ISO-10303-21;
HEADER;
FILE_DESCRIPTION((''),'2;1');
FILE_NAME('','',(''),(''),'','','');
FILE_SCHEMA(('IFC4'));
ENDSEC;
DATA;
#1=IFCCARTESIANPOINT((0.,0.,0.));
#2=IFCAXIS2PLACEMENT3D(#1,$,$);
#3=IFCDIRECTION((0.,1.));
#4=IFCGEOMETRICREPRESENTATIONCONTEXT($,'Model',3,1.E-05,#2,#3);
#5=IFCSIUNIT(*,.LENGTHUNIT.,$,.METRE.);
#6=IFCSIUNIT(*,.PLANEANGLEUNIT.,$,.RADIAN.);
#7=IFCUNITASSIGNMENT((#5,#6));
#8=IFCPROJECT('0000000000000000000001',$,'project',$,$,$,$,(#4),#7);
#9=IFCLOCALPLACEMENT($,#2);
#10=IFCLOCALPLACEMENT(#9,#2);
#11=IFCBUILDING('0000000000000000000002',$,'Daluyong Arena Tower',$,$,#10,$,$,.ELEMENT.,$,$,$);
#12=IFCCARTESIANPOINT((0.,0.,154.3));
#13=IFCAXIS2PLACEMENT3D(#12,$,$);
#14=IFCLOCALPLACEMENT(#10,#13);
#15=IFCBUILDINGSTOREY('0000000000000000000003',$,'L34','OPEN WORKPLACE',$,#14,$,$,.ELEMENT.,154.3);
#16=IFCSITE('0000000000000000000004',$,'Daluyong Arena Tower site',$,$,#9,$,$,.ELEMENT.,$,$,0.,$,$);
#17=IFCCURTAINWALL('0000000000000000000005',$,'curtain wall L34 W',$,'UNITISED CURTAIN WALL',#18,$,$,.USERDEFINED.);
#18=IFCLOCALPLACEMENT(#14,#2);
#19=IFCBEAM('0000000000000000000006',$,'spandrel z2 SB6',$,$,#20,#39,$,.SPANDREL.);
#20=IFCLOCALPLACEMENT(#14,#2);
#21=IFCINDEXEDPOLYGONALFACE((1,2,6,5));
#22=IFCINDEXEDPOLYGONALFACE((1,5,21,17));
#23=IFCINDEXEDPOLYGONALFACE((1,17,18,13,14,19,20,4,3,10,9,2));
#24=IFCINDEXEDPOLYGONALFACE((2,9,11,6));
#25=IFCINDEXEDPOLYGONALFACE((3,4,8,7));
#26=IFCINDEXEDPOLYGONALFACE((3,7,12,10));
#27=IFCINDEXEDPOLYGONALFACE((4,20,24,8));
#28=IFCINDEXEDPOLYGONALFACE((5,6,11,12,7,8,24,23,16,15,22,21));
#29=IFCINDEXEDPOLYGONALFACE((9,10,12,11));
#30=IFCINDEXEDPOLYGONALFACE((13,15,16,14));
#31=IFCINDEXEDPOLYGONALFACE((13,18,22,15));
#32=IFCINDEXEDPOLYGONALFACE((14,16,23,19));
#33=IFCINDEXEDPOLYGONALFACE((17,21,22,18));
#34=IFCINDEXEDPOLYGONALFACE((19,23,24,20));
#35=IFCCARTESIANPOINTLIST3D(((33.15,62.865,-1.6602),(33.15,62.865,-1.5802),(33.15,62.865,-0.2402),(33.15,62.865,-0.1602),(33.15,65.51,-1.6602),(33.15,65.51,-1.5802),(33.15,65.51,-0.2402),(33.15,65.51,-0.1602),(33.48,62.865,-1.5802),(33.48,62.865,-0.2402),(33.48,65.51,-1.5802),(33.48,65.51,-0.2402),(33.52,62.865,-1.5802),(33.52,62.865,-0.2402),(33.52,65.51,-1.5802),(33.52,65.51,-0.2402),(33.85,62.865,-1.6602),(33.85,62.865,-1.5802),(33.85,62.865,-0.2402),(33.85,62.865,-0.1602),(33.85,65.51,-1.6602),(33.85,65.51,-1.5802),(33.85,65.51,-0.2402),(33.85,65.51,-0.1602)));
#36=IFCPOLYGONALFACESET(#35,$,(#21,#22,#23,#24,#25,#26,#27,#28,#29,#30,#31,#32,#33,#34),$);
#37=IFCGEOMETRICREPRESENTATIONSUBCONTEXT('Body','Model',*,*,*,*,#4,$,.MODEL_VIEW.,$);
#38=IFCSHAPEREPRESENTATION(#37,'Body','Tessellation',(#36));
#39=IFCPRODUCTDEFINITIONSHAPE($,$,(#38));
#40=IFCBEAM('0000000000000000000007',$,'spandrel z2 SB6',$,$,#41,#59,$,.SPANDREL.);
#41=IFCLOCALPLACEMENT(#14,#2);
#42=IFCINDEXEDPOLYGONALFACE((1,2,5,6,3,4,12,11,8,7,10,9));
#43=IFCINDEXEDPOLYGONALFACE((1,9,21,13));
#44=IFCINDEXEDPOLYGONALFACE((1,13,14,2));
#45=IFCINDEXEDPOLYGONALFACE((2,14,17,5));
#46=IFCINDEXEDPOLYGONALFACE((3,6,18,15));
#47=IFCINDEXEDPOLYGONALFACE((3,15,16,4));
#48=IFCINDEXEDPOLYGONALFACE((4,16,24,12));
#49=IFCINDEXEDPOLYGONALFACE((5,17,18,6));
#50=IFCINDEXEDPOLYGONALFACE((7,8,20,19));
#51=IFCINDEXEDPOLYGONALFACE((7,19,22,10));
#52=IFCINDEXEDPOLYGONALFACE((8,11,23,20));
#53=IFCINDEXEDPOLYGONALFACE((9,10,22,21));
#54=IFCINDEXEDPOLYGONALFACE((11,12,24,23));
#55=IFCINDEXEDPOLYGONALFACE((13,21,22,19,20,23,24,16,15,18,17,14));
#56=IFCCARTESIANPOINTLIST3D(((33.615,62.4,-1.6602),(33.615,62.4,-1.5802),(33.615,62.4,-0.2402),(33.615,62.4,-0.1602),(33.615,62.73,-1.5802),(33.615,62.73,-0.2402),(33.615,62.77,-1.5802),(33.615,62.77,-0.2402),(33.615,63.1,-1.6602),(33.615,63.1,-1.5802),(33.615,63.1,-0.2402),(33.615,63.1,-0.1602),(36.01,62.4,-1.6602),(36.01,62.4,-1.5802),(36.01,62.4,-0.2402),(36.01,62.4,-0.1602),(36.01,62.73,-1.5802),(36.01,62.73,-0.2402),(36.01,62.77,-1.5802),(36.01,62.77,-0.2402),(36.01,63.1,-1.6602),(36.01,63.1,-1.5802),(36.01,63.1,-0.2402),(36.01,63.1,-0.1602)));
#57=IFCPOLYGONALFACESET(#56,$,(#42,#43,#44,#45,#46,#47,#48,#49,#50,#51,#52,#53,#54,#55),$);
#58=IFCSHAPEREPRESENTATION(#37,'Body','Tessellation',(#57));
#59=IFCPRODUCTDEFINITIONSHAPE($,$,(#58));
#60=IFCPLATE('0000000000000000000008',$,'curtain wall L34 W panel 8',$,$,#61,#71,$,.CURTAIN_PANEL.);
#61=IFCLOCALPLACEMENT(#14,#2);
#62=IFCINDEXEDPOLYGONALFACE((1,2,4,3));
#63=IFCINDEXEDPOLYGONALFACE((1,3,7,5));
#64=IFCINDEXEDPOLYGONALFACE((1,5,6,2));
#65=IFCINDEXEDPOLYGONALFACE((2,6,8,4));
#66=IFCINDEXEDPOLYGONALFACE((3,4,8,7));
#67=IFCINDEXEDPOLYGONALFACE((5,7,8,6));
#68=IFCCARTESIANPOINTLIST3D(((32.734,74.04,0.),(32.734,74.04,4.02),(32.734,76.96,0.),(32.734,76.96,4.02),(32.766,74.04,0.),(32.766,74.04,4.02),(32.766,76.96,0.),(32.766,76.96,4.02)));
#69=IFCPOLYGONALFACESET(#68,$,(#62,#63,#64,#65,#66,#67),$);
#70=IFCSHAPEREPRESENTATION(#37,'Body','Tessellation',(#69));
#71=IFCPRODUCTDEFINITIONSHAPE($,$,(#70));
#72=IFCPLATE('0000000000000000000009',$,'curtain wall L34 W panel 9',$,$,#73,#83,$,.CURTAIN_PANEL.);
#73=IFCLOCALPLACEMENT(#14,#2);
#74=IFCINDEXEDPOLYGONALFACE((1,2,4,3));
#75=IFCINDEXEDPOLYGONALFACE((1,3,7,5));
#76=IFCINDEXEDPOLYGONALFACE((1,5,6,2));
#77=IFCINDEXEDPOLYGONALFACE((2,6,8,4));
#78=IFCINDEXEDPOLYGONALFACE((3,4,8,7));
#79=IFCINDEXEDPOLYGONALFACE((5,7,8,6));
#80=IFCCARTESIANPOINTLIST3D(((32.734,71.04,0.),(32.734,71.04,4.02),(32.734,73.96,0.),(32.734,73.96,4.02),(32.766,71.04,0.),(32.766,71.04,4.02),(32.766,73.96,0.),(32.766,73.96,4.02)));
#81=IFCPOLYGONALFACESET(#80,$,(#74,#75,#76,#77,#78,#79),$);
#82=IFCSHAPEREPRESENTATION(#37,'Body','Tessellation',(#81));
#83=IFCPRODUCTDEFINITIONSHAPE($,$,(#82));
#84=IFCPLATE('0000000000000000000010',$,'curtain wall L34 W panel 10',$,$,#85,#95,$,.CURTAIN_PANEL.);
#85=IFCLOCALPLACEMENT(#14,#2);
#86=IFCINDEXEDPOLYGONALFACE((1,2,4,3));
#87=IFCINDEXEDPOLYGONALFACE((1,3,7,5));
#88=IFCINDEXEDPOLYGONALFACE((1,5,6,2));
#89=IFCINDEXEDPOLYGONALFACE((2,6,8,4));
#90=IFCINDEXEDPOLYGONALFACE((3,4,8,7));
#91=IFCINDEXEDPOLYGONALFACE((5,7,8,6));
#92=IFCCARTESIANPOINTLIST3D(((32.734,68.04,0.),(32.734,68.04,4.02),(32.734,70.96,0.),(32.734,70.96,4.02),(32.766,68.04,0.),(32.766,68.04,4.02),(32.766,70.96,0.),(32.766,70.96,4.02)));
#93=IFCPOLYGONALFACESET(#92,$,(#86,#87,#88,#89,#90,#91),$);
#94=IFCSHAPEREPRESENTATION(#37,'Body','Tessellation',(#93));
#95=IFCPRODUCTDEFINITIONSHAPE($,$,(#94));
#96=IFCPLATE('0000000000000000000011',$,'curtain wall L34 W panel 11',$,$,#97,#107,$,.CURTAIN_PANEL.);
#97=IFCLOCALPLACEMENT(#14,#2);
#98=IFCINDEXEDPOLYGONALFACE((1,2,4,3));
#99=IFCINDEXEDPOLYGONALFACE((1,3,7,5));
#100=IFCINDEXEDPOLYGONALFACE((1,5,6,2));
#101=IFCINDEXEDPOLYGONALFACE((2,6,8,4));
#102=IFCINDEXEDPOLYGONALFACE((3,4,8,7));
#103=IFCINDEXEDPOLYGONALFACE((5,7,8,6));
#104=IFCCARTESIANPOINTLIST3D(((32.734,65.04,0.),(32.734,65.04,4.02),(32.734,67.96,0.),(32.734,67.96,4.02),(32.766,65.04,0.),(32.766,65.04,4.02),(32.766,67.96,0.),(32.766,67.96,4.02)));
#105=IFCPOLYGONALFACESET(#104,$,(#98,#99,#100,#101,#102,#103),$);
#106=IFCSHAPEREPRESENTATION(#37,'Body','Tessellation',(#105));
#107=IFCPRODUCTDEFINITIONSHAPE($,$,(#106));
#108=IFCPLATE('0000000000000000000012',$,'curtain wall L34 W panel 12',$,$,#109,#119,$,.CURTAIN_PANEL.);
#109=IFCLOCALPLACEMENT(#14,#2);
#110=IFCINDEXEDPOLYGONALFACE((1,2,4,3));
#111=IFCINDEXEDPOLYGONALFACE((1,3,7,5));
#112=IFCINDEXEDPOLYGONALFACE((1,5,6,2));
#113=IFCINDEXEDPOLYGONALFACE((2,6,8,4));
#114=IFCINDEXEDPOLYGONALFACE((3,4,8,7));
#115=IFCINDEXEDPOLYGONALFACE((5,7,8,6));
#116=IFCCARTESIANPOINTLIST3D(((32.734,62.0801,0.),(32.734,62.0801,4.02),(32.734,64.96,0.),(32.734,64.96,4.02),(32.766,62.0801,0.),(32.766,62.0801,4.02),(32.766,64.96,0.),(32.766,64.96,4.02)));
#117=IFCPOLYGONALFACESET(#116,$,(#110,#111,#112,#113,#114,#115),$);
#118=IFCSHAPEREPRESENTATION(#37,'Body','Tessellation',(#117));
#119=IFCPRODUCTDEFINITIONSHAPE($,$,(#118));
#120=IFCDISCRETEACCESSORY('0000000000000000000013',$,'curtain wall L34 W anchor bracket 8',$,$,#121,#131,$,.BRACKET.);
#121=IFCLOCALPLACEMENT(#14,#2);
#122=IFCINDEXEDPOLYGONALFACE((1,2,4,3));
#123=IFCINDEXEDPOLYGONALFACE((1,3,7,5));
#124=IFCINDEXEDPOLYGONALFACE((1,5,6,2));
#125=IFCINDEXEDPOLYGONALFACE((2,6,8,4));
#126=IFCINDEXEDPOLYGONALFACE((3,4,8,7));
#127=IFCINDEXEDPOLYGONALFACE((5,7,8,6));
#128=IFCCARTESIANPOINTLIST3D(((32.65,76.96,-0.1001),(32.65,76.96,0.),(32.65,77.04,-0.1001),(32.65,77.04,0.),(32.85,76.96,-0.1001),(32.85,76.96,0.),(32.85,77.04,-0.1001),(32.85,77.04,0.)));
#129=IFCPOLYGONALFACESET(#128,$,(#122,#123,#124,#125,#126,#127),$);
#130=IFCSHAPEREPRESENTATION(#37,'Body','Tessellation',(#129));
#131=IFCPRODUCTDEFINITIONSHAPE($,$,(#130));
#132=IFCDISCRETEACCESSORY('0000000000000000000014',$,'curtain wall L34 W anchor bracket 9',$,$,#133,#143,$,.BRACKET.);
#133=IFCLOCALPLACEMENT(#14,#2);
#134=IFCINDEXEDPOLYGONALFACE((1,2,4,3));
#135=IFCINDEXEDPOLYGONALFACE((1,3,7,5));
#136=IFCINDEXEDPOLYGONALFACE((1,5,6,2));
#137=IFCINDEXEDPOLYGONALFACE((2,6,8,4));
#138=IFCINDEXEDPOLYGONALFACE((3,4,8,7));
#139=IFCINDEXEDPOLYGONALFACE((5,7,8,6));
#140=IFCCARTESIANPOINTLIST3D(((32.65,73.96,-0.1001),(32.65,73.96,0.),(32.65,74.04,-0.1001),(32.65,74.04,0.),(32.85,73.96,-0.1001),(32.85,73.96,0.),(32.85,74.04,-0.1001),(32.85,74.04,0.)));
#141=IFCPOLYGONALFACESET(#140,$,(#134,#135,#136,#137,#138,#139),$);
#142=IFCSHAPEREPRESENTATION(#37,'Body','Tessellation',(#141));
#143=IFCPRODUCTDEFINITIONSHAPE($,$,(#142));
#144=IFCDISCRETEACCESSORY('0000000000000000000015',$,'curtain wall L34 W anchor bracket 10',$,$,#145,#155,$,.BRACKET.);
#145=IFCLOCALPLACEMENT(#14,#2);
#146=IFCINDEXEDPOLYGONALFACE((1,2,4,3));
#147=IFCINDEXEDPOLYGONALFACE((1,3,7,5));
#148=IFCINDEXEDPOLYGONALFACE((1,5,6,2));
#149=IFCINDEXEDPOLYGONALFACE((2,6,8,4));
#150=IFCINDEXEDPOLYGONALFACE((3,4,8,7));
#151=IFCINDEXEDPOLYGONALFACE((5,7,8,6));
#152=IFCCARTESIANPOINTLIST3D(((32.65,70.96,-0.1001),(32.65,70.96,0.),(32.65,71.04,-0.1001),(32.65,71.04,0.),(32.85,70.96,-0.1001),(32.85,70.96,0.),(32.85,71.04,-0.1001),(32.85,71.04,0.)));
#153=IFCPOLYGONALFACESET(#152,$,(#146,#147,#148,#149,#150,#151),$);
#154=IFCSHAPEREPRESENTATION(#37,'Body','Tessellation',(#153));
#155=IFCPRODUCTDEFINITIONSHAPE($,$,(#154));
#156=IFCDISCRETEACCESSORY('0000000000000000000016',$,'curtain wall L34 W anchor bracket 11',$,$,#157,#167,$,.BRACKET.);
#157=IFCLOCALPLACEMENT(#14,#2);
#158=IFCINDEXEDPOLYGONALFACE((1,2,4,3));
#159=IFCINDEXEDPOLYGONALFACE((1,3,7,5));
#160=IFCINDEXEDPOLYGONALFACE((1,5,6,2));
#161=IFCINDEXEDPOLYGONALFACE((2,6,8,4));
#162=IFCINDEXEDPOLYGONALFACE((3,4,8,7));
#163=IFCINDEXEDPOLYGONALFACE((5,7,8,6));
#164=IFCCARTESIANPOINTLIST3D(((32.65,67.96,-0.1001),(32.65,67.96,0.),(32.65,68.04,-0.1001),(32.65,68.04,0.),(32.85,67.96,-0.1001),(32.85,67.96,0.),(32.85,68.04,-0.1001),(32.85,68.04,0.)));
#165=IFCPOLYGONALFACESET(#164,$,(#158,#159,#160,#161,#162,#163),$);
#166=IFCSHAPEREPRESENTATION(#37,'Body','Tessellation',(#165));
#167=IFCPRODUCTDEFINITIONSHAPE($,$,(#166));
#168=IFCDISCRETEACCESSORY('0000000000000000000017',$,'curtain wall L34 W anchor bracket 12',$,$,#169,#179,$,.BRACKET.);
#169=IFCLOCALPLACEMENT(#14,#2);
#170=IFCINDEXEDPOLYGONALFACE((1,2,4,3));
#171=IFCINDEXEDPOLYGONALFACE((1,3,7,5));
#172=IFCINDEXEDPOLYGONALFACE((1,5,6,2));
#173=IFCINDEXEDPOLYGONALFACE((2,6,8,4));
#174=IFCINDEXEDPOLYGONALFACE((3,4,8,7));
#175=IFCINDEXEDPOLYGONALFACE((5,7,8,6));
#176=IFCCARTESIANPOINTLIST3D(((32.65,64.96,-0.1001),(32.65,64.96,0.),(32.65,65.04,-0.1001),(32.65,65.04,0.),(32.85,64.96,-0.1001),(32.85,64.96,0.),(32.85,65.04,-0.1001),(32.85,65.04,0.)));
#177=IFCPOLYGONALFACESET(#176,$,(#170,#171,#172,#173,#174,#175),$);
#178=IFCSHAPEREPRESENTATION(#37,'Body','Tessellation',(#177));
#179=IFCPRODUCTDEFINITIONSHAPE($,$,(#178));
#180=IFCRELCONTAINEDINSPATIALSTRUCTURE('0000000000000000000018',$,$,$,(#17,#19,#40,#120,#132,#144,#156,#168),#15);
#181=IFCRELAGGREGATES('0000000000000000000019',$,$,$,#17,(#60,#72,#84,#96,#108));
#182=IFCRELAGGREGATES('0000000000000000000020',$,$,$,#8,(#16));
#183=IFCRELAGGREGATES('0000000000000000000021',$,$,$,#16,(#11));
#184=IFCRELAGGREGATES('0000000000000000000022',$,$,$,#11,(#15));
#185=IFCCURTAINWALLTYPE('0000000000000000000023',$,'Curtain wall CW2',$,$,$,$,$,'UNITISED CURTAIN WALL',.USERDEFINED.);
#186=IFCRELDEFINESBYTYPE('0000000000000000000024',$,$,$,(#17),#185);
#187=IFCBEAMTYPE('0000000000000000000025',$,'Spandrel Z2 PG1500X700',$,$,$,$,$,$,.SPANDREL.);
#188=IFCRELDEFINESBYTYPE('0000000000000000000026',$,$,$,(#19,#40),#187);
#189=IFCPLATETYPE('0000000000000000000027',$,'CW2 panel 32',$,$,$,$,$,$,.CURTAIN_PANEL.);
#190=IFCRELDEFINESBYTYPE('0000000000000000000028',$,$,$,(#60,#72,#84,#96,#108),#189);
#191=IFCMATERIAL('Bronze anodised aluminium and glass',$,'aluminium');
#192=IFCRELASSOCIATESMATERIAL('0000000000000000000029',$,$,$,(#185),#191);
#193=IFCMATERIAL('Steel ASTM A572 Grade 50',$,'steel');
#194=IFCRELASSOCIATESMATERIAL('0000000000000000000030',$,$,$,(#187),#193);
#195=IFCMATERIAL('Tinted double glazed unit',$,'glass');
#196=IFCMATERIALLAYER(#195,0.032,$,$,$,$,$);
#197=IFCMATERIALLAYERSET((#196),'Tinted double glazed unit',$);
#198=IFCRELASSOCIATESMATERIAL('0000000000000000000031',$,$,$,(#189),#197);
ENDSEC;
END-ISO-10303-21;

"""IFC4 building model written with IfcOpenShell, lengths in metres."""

from ifc_helpers import new_model, si_unit, direction, frame, origin, origin_2d, place, context, subcontext, project, spatial, rectangle, i_section, extrude, material, layer, layer_set, material_profile, profile_set, type_object, element, aggregate, save


model = new_model("IFC4")

# Units and contexts
model_context = context("Model", 3, precision=1e-05, world=origin(), true_north=direction((0.0, 1.0)))
body_context = subcontext(model_context, "Body", "Model", "MODEL_VIEW")
ifc_project = project(units=[si_unit("LENGTHUNIT", "METRE"), si_unit("PLANEANGLEUNIT", "RADIAN")], contexts=[model_context])

# Site, building, storey
site_placement = place(None, origin())
site = spatial("IfcSite", under=ifc_project, at=site_placement, Name="Daluyong Arena Tower site", CompositionType="ELEMENT", RefElevation=0.0)
building_placement = place(site_placement, origin())
building = spatial("IfcBuilding", under=site, at=building_placement, Name="Daluyong Arena Tower", CompositionType="ELEMENT")
storey_placement = place(building_placement, frame((0.0, 0.0, 154.3)))
storey = spatial("IfcBuildingStorey", under=building, at=storey_placement, Name="L34", Description="OPEN WORKPLACE", CompositionType="ELEMENT", Elevation=154.3)

# Curtain wall
ifc_material_1 = material(Name="Bronze anodised aluminium and glass", Category="aluminium")
curtain_wall_type_1 = type_object("IfcCurtainWallType", Name="Curtain wall CW2", ElementType="UNITISED CURTAIN WALL", PredefinedType="USERDEFINED", material=ifc_material_1)
curtain_wall_1_placement = place(storey_placement, origin())
curtain_wall_1 = element("IfcCurtainWall", 1, at=curtain_wall_1_placement, inside=storey, type_object=curtain_wall_type_1, Name="curtain wall L34 W", ObjectType="UNITISED CURTAIN WALL", PredefinedType="USERDEFINED")

# Beams
ifc_material_2 = material(Name="Steel ASTM A572 Grade 50", Category="steel")
ifc_material_profile_1 = material_profile(ifc_material_2, i_section(OverallWidth=0.7, OverallDepth=1.5, WebThickness=0.04, FlangeThickness=0.08, at=origin_2d()))
ifc_profile_set_1 = profile_set([ifc_material_profile_1], Name="Steel ASTM A572 Grade 50")
beam_type_1 = type_object("IfcBeamType", Name="Spandrel Z2 PG1500X700", PredefinedType="SPANDREL", material=ifc_profile_set_1)
for number, where, z_axis, x_axis, name in (
    (2, (33.5, 65.51, -0.9102), (0.0, -1.0, 0.0), (1.0, 0.0, 0.0), "spandrel z2 SB6"),
):
    element("IfcBeam", number, at=place(storey_placement, frame(where, z_axis=z_axis, x_axis=x_axis)), inside=storey, type_object=beam_type_1, Name=name, PredefinedType="SPANDREL", context=body_context, shape_type="SweptSolid", body=[
        extrude(i_section(OverallWidth=0.7, OverallDepth=1.5, WebThickness=0.04, FlangeThickness=0.08, at=origin_2d()), origin(), (0.0, 0.0, 1.0), 2.645),
    ])
beam_1_placement = place(storey_placement, frame((33.615, 62.75, -0.9102), z_axis=(1.0, 0.0, 0.0), x_axis=(0.0, 1.0, 0.0)))
element("IfcBeam", 3, at=beam_1_placement, inside=storey, type_object=beam_type_1, Name="spandrel z2 SB6", PredefinedType="SPANDREL", context=body_context, shape_type="SweptSolid", body=[
    extrude(i_section(OverallWidth=0.7, OverallDepth=1.5, WebThickness=0.04, FlangeThickness=0.08, at=origin_2d()), origin(), (0.0, 0.0, 1.0), 2.395),
])

# Plates
ifc_material_3 = material(Name="Tinted double glazed unit", Category="glass")
ifc_layer = layer(ifc_material_3, 0.032)
ifc_layer_set = layer_set([ifc_layer], Name="Tinted double glazed unit")
plate_type = type_object("IfcPlateType", Name="CW2 panel 32", PredefinedType="CURTAIN_PANEL", material=ifc_layer_set)
plate_1_placement = place(storey_placement, frame((32.75, 75.5, 0.0), z_axis=(0.0, 0.0, 1.0), x_axis=(0.0, -1.0, 0.0)))
plate_1 = element("IfcPlate", 4, at=plate_1_placement, type_object=plate_type, Name="curtain wall L34 W panel 8", PredefinedType="CURTAIN_PANEL", context=body_context, shape_type="SweptSolid", body=[
    extrude(rectangle(XDim=2.9199, YDim=0.032, at=origin_2d()), origin(), (0.0, 0.0, 1.0), 4.02),
])
plate_2_placement = place(storey_placement, frame((32.75, 72.5, 0.0), z_axis=(0.0, 0.0, 1.0), x_axis=(0.0, -1.0, 0.0)))
plate_2 = element("IfcPlate", 5, at=plate_2_placement, type_object=plate_type, Name="curtain wall L34 W panel 9", PredefinedType="CURTAIN_PANEL", context=body_context, shape_type="SweptSolid", body=[
    extrude(rectangle(XDim=2.9199, YDim=0.032, at=origin_2d()), origin(), (0.0, 0.0, 1.0), 4.02),
])
plate_3_placement = place(storey_placement, frame((32.75, 69.5, 0.0), z_axis=(0.0, 0.0, 1.0), x_axis=(0.0, -1.0, 0.0)))
plate_3 = element("IfcPlate", 6, at=plate_3_placement, type_object=plate_type, Name="curtain wall L34 W panel 10", PredefinedType="CURTAIN_PANEL", context=body_context, shape_type="SweptSolid", body=[
    extrude(rectangle(XDim=2.9199, YDim=0.032, at=origin_2d()), origin(), (0.0, 0.0, 1.0), 4.02),
])
plate_4_placement = place(storey_placement, frame((32.75, 66.5, 0.0), z_axis=(0.0, 0.0, 1.0), x_axis=(0.0, -1.0, 0.0)))
plate_4 = element("IfcPlate", 7, at=plate_4_placement, type_object=plate_type, Name="curtain wall L34 W panel 11", PredefinedType="CURTAIN_PANEL", context=body_context, shape_type="SweptSolid", body=[
    extrude(rectangle(XDim=2.9199, YDim=0.032, at=origin_2d()), origin(), (0.0, 0.0, 1.0), 4.02),
])
plate_5_placement = place(storey_placement, frame((32.75, 63.52, 0.0), z_axis=(0.0, 0.0, 1.0), x_axis=(0.0, -1.0, 0.0)))
plate_5 = element("IfcPlate", 8, at=plate_5_placement, type_object=plate_type, Name="curtain wall L34 W panel 12", PredefinedType="CURTAIN_PANEL", context=body_context, shape_type="SweptSolid", body=[
    extrude(rectangle(XDim=2.8799, YDim=0.032, at=origin_2d()), origin(), (0.0, 0.0, 1.0), 4.02),
])
aggregate(curtain_wall_1, [plate_1, plate_2, plate_3, plate_4, plate_5])

# Discrete accessories
for number, where, z_axis, x_axis, name in (
    (9, (32.75, 77.0, -0.1001), (0.0, 0.0, 1.0), (0.0, -1.0, 0.0), "curtain wall L34 W anchor bracket 8"),
    (10, (32.75, 74.0, -0.1001), (0.0, 0.0, 1.0), (0.0, -1.0, 0.0), "curtain wall L34 W anchor bracket 9"),
    (11, (32.75, 71.0, -0.1001), (0.0, 0.0, 1.0), (0.0, -1.0, 0.0), "curtain wall L34 W anchor bracket 10"),
    (12, (32.75, 68.0, -0.1001), (0.0, 0.0, 1.0), (0.0, -1.0, 0.0), "curtain wall L34 W anchor bracket 11"),
    (13, (32.75, 65.0, -0.1001), (0.0, 0.0, 1.0), (0.0, -1.0, 0.0), "curtain wall L34 W anchor bracket 12"),
):
    element("IfcDiscreteAccessory", number, at=place(storey_placement, frame(where, z_axis=z_axis, x_axis=x_axis)), inside=storey, Name=name, PredefinedType="BRACKET", context=body_context, shape_type="SweptSolid", body=[
        extrude(rectangle(XDim=0.0801, YDim=0.2, at=origin_2d()), origin(), (0.0, 0.0, 1.0), 0.1001),
    ])

save(model, "model.ifc")
